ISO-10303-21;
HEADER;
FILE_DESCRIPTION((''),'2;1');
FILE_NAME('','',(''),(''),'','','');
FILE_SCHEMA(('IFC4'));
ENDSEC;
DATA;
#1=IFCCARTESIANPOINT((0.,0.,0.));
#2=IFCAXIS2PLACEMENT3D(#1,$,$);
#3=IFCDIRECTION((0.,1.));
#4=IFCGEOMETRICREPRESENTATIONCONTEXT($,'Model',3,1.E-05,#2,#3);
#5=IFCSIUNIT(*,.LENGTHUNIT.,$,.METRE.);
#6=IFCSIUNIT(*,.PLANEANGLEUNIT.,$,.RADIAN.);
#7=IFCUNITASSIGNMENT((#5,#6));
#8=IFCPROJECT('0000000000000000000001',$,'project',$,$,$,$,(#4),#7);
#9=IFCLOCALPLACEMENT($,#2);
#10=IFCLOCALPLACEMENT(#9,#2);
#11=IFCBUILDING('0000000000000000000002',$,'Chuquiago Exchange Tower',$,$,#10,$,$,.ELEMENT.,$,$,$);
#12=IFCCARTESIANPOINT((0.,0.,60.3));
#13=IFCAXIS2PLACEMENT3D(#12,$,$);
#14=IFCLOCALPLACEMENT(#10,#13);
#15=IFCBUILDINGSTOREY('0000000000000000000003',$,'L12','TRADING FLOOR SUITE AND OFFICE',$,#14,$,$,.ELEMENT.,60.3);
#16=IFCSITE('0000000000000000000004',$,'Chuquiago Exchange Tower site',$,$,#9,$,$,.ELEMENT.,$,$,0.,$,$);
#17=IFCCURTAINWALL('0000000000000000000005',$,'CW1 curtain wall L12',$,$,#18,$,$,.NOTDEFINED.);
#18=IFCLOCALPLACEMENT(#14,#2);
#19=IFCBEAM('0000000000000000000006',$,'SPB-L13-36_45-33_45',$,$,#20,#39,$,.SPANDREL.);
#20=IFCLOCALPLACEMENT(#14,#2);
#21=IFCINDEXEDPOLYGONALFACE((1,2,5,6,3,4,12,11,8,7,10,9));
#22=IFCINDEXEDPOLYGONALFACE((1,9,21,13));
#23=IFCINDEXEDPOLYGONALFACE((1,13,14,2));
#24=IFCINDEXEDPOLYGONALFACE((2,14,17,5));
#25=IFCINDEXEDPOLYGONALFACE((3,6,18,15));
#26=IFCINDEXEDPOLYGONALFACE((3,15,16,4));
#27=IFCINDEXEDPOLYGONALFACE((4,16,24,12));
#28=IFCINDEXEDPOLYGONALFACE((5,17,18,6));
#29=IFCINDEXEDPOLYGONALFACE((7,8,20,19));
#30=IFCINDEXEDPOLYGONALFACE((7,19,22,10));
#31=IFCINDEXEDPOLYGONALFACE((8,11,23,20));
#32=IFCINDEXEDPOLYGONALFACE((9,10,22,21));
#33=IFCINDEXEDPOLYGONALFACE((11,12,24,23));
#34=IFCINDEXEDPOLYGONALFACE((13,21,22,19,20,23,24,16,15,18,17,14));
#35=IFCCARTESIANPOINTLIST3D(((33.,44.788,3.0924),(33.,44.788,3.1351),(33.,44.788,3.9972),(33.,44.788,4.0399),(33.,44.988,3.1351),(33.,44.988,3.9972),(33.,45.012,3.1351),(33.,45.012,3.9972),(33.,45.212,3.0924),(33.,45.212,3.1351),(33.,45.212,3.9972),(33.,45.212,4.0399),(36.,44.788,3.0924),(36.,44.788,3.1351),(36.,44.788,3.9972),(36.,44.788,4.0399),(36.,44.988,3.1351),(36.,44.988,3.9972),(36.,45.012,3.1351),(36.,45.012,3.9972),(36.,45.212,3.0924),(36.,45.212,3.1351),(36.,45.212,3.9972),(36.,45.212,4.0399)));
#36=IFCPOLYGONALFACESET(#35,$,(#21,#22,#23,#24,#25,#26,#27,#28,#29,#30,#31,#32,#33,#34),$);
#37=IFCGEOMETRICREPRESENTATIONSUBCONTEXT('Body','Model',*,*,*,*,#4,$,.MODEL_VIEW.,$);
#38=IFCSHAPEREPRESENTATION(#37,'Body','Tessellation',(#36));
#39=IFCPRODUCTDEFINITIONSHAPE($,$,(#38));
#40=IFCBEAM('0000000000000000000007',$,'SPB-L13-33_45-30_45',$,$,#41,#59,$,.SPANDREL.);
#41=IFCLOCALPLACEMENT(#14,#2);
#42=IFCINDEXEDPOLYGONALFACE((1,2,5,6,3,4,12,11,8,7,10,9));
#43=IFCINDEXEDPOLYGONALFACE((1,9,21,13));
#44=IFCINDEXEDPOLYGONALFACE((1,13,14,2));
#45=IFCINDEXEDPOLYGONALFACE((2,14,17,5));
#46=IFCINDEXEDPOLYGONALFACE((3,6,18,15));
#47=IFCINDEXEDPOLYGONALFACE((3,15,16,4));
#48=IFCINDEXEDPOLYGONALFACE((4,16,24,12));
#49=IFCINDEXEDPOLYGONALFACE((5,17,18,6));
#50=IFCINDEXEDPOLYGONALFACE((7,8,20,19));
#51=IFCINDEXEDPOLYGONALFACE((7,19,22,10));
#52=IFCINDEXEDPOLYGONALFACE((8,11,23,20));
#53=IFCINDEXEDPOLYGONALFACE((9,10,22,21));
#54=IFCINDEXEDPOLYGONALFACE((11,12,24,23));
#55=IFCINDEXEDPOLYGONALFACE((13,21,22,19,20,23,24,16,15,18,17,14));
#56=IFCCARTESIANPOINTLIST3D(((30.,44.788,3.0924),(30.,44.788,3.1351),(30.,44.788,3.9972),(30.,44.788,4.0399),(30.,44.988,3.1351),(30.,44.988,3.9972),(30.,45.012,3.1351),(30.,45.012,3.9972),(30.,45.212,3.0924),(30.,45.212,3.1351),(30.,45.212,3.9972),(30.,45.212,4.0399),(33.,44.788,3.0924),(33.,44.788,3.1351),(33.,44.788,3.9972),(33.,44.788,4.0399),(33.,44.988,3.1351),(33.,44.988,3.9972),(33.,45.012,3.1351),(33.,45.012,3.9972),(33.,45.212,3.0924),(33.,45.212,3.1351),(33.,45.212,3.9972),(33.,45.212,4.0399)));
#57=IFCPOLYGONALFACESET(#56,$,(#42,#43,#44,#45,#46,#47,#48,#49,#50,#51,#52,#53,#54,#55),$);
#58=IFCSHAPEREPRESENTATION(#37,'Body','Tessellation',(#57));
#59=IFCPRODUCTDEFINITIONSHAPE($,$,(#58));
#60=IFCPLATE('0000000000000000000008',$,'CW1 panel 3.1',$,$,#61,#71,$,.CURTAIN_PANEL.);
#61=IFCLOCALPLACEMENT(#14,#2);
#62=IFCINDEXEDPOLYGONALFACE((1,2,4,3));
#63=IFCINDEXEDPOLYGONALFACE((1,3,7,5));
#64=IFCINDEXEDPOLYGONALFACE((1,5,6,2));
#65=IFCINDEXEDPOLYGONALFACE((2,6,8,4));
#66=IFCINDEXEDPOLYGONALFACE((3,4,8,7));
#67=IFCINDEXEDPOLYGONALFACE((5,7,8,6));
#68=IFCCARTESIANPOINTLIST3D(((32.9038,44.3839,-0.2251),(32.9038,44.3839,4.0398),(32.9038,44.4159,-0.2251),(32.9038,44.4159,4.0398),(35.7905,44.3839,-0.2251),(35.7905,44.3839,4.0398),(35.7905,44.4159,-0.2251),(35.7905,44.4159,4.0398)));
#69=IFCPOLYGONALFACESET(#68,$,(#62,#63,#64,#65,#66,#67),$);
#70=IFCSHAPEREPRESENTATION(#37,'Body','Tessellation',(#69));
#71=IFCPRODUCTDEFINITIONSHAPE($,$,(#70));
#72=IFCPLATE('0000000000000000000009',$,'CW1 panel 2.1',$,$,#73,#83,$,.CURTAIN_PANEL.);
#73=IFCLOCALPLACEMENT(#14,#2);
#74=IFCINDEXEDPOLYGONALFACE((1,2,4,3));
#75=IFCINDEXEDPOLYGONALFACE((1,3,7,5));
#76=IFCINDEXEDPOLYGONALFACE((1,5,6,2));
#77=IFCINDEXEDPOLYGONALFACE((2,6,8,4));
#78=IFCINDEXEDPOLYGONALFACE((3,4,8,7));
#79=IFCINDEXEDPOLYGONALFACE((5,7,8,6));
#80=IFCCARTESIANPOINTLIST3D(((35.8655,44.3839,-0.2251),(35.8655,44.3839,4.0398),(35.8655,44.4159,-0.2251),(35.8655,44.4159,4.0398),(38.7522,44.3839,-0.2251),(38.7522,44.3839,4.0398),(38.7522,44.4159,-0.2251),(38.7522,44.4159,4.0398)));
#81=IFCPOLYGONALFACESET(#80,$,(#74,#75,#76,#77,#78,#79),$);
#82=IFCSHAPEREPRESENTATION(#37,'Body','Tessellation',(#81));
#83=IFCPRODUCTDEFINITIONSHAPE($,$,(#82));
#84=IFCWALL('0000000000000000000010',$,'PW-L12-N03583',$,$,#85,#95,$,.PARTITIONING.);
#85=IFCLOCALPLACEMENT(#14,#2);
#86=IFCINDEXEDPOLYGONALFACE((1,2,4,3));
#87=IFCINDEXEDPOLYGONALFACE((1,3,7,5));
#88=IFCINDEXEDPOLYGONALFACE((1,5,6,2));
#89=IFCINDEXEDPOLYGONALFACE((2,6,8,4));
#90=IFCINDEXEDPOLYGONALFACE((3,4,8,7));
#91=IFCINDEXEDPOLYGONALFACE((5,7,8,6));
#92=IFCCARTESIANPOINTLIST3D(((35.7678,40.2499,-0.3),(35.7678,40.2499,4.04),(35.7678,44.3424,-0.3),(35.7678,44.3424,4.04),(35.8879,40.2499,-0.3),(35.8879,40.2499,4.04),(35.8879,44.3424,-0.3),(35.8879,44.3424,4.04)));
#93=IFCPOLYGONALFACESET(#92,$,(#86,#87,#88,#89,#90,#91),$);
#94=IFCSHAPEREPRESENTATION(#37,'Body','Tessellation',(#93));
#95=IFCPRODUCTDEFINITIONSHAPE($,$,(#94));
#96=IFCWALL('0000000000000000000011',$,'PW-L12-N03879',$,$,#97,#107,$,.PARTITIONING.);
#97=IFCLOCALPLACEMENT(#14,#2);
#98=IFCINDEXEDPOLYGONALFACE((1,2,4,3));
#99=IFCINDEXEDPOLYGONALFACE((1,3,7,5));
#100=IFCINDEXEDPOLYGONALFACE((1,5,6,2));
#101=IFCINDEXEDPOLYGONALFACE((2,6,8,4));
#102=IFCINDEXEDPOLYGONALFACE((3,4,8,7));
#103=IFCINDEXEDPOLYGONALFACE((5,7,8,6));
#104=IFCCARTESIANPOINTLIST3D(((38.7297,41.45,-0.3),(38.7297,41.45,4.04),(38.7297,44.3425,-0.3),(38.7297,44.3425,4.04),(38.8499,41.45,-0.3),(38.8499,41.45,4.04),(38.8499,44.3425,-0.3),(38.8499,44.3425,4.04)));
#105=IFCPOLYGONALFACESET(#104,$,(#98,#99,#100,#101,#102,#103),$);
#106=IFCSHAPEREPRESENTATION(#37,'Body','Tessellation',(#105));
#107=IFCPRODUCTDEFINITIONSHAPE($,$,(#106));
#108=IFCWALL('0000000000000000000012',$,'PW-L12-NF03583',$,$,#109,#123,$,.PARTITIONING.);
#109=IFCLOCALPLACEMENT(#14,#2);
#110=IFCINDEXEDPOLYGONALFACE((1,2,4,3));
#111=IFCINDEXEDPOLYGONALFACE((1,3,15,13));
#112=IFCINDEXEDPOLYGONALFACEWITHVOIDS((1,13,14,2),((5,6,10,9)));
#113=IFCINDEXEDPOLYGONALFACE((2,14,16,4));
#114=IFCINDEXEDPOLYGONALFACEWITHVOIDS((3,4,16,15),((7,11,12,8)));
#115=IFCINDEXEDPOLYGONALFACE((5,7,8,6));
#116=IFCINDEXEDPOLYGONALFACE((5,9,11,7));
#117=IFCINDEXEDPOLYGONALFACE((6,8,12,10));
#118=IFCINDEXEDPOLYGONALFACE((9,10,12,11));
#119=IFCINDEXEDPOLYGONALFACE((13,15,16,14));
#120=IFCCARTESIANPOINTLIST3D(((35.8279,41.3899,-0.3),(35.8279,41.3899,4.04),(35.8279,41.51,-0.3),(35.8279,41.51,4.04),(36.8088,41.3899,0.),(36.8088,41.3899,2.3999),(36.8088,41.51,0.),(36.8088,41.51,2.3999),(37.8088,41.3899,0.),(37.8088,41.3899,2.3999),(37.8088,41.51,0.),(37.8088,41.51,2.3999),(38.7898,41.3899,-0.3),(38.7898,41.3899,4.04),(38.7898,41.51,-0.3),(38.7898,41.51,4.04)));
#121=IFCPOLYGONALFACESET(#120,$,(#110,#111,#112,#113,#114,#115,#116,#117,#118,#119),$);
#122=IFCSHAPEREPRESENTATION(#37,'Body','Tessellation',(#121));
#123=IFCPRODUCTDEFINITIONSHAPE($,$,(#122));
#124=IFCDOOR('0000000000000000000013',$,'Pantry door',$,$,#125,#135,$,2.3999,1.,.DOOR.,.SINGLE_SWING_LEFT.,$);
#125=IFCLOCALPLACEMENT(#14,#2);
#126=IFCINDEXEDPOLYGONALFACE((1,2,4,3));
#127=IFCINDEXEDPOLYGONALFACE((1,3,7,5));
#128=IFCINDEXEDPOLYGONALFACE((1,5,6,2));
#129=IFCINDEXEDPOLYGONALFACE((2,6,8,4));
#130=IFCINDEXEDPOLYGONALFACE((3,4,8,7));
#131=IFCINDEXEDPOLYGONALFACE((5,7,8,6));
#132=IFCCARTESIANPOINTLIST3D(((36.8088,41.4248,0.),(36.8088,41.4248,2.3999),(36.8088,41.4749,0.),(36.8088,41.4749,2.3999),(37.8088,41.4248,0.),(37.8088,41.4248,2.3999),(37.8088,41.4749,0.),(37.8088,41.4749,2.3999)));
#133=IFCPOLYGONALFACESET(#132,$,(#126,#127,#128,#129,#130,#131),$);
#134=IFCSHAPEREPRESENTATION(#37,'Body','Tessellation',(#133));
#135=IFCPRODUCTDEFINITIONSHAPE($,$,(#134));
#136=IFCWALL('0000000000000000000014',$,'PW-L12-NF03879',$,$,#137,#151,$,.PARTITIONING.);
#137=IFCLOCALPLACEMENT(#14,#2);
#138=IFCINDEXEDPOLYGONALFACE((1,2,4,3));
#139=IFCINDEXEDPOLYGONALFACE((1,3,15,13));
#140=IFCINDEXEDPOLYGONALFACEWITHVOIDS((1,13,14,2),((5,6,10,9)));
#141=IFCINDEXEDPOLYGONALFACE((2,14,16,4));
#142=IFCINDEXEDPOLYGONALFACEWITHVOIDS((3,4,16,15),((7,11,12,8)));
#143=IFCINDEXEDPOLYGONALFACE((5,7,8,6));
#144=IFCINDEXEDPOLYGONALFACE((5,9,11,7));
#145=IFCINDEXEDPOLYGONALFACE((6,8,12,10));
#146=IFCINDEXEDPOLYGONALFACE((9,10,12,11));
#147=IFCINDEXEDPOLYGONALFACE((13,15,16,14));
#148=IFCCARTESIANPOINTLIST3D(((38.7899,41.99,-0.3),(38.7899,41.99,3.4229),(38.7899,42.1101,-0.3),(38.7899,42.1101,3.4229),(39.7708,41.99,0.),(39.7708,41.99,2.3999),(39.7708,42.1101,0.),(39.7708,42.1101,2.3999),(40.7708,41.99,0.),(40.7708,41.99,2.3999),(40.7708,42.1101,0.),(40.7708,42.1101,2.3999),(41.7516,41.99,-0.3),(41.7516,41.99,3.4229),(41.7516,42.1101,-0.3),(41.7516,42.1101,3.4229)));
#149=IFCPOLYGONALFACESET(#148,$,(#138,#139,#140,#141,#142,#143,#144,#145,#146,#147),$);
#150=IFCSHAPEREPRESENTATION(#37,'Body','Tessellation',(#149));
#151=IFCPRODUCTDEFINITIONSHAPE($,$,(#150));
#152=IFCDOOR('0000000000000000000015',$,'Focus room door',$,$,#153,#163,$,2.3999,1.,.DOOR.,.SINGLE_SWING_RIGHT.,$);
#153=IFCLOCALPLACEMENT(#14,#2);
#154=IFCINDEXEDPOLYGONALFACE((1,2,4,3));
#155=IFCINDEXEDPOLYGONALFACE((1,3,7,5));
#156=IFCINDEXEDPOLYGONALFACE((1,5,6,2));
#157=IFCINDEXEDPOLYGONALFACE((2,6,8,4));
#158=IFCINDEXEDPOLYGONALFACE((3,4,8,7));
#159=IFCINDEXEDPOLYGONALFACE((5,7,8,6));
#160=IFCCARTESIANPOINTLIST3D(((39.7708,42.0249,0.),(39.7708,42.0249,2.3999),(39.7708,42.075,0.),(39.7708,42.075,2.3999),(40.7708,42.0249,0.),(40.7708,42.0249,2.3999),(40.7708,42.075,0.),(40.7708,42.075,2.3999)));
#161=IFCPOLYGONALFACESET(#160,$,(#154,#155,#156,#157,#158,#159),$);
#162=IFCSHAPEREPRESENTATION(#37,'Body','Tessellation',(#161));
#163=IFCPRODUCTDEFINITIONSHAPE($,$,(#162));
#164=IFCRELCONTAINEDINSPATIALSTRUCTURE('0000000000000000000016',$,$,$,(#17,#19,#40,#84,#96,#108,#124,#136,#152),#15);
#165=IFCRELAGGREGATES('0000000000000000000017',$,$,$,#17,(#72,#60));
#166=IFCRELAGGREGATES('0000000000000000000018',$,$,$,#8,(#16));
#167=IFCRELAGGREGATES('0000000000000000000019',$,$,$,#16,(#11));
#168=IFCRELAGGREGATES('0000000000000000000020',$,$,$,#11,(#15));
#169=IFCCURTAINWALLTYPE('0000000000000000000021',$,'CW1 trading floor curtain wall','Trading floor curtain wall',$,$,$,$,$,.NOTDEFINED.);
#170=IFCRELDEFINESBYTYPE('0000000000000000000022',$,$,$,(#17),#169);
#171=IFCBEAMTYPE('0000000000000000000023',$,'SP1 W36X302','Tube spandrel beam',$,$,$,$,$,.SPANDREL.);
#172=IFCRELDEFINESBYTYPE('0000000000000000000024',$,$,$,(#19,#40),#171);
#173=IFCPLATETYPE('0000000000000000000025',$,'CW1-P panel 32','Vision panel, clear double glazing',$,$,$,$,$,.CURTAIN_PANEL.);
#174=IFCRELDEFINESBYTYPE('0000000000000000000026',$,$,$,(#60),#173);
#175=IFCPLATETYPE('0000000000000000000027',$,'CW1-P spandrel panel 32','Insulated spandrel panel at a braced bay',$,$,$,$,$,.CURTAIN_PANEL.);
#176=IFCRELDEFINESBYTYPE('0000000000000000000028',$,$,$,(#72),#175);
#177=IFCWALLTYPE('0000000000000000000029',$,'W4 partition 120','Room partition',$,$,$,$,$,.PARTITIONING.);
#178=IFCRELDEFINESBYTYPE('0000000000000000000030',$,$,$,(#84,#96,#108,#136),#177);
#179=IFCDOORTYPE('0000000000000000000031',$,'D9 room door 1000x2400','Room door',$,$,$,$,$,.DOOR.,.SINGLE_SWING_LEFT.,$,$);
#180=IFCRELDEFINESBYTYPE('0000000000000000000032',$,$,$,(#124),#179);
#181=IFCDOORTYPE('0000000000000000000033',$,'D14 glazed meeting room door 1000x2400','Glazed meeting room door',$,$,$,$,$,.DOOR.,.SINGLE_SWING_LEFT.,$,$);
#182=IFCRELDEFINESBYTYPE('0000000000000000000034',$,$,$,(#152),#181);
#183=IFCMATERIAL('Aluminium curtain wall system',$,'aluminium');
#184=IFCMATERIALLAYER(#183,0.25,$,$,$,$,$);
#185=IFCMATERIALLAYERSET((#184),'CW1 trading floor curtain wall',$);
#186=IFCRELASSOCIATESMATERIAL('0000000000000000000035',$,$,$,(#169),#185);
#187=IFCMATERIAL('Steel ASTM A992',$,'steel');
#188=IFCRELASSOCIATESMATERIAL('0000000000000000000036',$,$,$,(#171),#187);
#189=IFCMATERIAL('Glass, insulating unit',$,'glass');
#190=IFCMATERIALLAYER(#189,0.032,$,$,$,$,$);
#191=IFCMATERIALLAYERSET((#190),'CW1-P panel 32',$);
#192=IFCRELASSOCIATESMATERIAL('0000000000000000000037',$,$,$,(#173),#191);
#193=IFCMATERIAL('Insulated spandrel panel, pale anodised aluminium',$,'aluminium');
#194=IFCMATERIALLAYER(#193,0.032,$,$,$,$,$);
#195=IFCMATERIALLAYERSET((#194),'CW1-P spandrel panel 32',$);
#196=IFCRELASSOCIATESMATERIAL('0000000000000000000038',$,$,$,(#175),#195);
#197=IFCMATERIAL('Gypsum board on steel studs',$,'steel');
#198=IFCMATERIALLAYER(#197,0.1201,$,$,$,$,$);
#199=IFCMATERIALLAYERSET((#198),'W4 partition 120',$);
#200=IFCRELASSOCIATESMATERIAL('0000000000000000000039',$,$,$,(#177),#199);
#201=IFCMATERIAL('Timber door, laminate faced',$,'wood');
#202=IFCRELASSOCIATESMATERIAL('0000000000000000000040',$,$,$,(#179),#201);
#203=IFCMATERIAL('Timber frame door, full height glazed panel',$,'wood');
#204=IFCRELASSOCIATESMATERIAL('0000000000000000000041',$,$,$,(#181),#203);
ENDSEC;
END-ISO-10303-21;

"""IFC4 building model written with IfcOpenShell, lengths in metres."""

from ifc_helpers import new_model, si_unit, direction, frame, frame_2d, origin, origin_2d, place, context, subcontext, project, spatial, rectangle, i_section, extrude, material, layer, layer_set, material_profile, profile_set, type_object, element, fill, aggregate, save


model = new_model("IFC4")

# Units and contexts
model_context = context("Model", 3, precision=1e-05, world=origin(), true_north=direction((0.0, 1.0)))
body_context = subcontext(model_context, "Body", "Model", "MODEL_VIEW")
ifc_project = project(units=[si_unit("LENGTHUNIT", "METRE"), si_unit("PLANEANGLEUNIT", "RADIAN")], contexts=[model_context])

# Site, building, storey
site_placement = place(None, origin())
site = spatial("IfcSite", under=ifc_project, at=site_placement, Name="Chuquiago Exchange Tower site", CompositionType="ELEMENT", RefElevation=0.0)
building_placement = place(site_placement, origin())
building = spatial("IfcBuilding", under=site, at=building_placement, Name="Chuquiago Exchange Tower", CompositionType="ELEMENT")
storey_placement = place(building_placement, frame((0.0, 0.0, 60.3)))
storey = spatial("IfcBuildingStorey", under=building, at=storey_placement, Name="L12", Description="TRADING FLOOR SUITE AND OFFICE", CompositionType="ELEMENT", Elevation=60.3)

# Curtain wall
ifc_material_1 = material(Name="Aluminium curtain wall system", Category="aluminium")
ifc_layer_1 = layer(ifc_material_1, 0.25)
ifc_layer_set_1 = layer_set([ifc_layer_1], Name="CW1 trading floor curtain wall")
curtain_wall_type = type_object("IfcCurtainWallType", Name="CW1 trading floor curtain wall", Description="Trading floor curtain wall", PredefinedType="NOTDEFINED", material=ifc_layer_set_1)
curtain_wall_placement = place(storey_placement, origin())
curtain_wall = element("IfcCurtainWall", 1, at=curtain_wall_placement, inside=storey, type_object=curtain_wall_type, Name="CW1 curtain wall L12", PredefinedType="NOTDEFINED")

# Beams
ifc_material_2 = material(Name="Steel ASTM A992", Category="steel")
ifc_material_profile_1 = material_profile(ifc_material_2, i_section(OverallWidth=0.4241, OverallDepth=0.9475, WebThickness=0.0239, FlangeThickness=0.0427, at=origin_2d()), Name="W36X302")
ifc_profile_set_1 = profile_set([ifc_material_profile_1], Name="Steel ASTM A992")
beam_type_1 = type_object("IfcBeamType", Name="SP1 W36X302", Description="Tube spandrel beam", PredefinedType="SPANDREL", material=ifc_profile_set_1)
for number, where, z_axis, x_axis, name in (
    (2, (36.0, 45.0, 3.5662), (-1.0, 0.0, 0.0), (0.0, -1.0, 0.0), "SPB-L13-36_45-33_45"),
    (3, (33.0, 45.0, 3.5662), (-1.0, 0.0, 0.0), (0.0, -1.0, 0.0), "SPB-L13-33_45-30_45"),
):
    element("IfcBeam", number, at=place(storey_placement, frame(where, z_axis=z_axis, x_axis=x_axis)), inside=storey, type_object=beam_type_1, Name=name, PredefinedType="SPANDREL", context=body_context, shape_type="SweptSolid", body=[
        extrude(i_section(OverallWidth=0.4241, OverallDepth=0.9475, WebThickness=0.0239, FlangeThickness=0.0427, at=origin_2d()), origin(), (0.0, 0.0, 1.0), 3.0),
    ])

# Plates
ifc_material_3 = material(Name="Glass, insulating unit", Category="glass")
ifc_layer_2 = layer(ifc_material_3, 0.032)
ifc_layer_set_2 = layer_set([ifc_layer_2], Name="CW1-P panel 32")
plate_type_1 = type_object("IfcPlateType", Name="CW1-P panel 32", Description="Vision panel, clear double glazing", PredefinedType="CURTAIN_PANEL", material=ifc_layer_set_2)
plate_1_placement = place(storey_placement, frame((34.3472, 44.3999, -0.2251), z_axis=(0.0, 0.0, 1.0), x_axis=(-1.0, 0.0, 0.0)))
plate_1 = element("IfcPlate", 4, at=plate_1_placement, type_object=plate_type_1, Name="CW1 panel 3.1", PredefinedType="CURTAIN_PANEL", context=body_context, shape_type="SweptSolid", body=[
    extrude(rectangle(XDim=2.8867, YDim=0.032, at=origin_2d()), origin(), (0.0, 0.0, 1.0), 4.2649),
])
ifc_material_4 = material(Name="Insulated spandrel panel, pale anodised aluminium", Category="aluminium")
ifc_layer_3 = layer(ifc_material_4, 0.032)
ifc_layer_set_3 = layer_set([ifc_layer_3], Name="CW1-P spandrel panel 32")
plate_type_2 = type_object("IfcPlateType", Name="CW1-P spandrel panel 32", Description="Insulated spandrel panel at a braced bay", PredefinedType="CURTAIN_PANEL", material=ifc_layer_set_3)
plate_2_placement = place(storey_placement, frame((37.3088, 44.3999, -0.2251), z_axis=(0.0, 0.0, 1.0), x_axis=(-1.0, 0.0, 0.0)))
plate_2 = element("IfcPlate", 5, at=plate_2_placement, type_object=plate_type_2, Name="CW1 panel 2.1", PredefinedType="CURTAIN_PANEL", context=body_context, shape_type="SweptSolid", body=[
    extrude(rectangle(XDim=2.8867, YDim=0.032, at=origin_2d()), origin(), (0.0, 0.0, 1.0), 4.2649),
])
aggregate(curtain_wall, [plate_2, plate_1])

# Walls
ifc_material_5 = material(Name="Gypsum board on steel studs", Category="steel")
ifc_layer_4 = layer(ifc_material_5, 0.1201)
ifc_layer_set_4 = layer_set([ifc_layer_4], Name="W4 partition 120")
wall_type = type_object("IfcWallType", Name="W4 partition 120", Description="Room partition", PredefinedType="PARTITIONING", material=ifc_layer_set_4)
wall_1_placement = place(storey_placement, frame((35.8279, 44.3425, -0.3), z_axis=(0.0, 0.0, 1.0), x_axis=(0.0, -1.0, 0.0)))
element("IfcWall", 6, at=wall_1_placement, inside=storey, type_object=wall_type, Name="PW-L12-N03583", PredefinedType="PARTITIONING", context=body_context, shape_type="SweptSolid", body=[
    extrude(rectangle(XDim=4.0925, YDim=0.1201, at=frame_2d((2.0464, 0.0))), origin(), (0.0, 0.0, 1.0), 4.3401),
])
wall_2_placement = place(storey_placement, frame((38.7898, 44.3425, -0.3), z_axis=(0.0, 0.0, 1.0), x_axis=(0.0, -1.0, 0.0)))
element("IfcWall", 7, at=wall_2_placement, inside=storey, type_object=wall_type, Name="PW-L12-N03879", PredefinedType="PARTITIONING", context=body_context, shape_type="SweptSolid", body=[
    extrude(rectangle(XDim=2.8926, YDim=0.1201, at=frame_2d((1.4463, 0.0))), origin(), (0.0, 0.0, 1.0), 4.3401),
])

# Walls, openings, doors
wall_3_placement = place(storey_placement, frame((35.8279, 41.45, -0.3), z_axis=(0.0, 0.0, 1.0), x_axis=(1.0, 0.0, 0.0)))
wall_3 = element("IfcWall", 8, at=wall_3_placement, inside=storey, type_object=wall_type, Name="PW-L12-NF03583", PredefinedType="PARTITIONING", context=body_context, shape_type="SweptSolid", body=[
    extrude(rectangle(XDim=2.9619, YDim=0.1201, at=frame_2d((1.481, 0.0))), origin(), (0.0, 0.0, 1.0), 4.3401),
])
opening_1_placement = place(wall_3_placement, frame((0.981, 0.0, 0.3)))
opening_1 = element("IfcOpeningElement", 9, at=opening_1_placement, cuts=wall_3, PredefinedType="OPENING", context=body_context, shape_type="SweptSolid", body=[
    extrude(rectangle(XDim=1.0, YDim=2.3999, at=frame_2d((0.5, 1.2))), frame((0.0, 0.0701, 0.0), z_axis=(0.0, -1.0, 0.0), x_axis=(1.0, 0.0, 0.0)), (0.0, 0.0, 1.0), 0.1401),
])
ifc_material_6 = material(Name="Timber door, laminate faced", Category="wood")
door_type_1 = type_object("IfcDoorType", Name="D9 room door 1000x2400", Description="Room door", OperationType="SINGLE_SWING_LEFT", PredefinedType="DOOR", material=ifc_material_6)
door_1_placement = place(opening_1_placement, origin())
door_1 = element("IfcDoor", 10, at=door_1_placement, inside=storey, type_object=door_type_1, Name="Pantry door", OperationType="SINGLE_SWING_LEFT", OverallHeight=2.3999, OverallWidth=1.0, PredefinedType="DOOR", context=body_context, shape_type="SweptSolid", body=[
    extrude(rectangle(XDim=1.0, YDim=2.3999, at=frame_2d((0.5, 1.2))), frame((0.0, 0.0249, 0.0), z_axis=(0.0, -1.0, 0.0), x_axis=(1.0, 0.0, 0.0)), (0.0, 0.0, 1.0), 0.05),
])
fill(opening_1, door_1)
wall_4_placement = place(storey_placement, frame((38.7898, 42.05, -0.3), z_axis=(0.0, 0.0, 1.0), x_axis=(1.0, 0.0, 0.0)))
wall_4 = element("IfcWall", 11, at=wall_4_placement, inside=storey, type_object=wall_type, Name="PW-L12-NF03879", PredefinedType="PARTITIONING", context=body_context, shape_type="SweptSolid", body=[
    extrude(rectangle(XDim=2.9617, YDim=0.1201, at=frame_2d((1.481, 0.0))), origin(), (0.0, 0.0, 1.0), 3.7229),
])
opening_2_placement = place(wall_4_placement, frame((0.981, 0.0, 0.3)))
opening_2 = element("IfcOpeningElement", 12, at=opening_2_placement, cuts=wall_4, PredefinedType="OPENING", context=body_context, shape_type="SweptSolid", body=[
    extrude(rectangle(XDim=1.0, YDim=2.3999, at=frame_2d((0.5, 1.2))), frame((0.0, 0.0701, 0.0), z_axis=(0.0, -1.0, 0.0), x_axis=(1.0, 0.0, 0.0)), (0.0, 0.0, 1.0), 0.1401),
])
ifc_material_7 = material(Name="Timber frame door, full height glazed panel", Category="wood")
door_type_2 = type_object("IfcDoorType", Name="D14 glazed meeting room door 1000x2400", Description="Glazed meeting room door", OperationType="SINGLE_SWING_LEFT", PredefinedType="DOOR", material=ifc_material_7)
door_2_placement = place(opening_2_placement, origin())
door_2 = element("IfcDoor", 13, at=door_2_placement, inside=storey, type_object=door_type_2, Name="Focus room door", OperationType="SINGLE_SWING_RIGHT", OverallHeight=2.3999, OverallWidth=1.0, PredefinedType="DOOR", context=body_context, shape_type="SweptSolid", body=[
    extrude(rectangle(XDim=1.0, YDim=2.3999, at=frame_2d((0.5, 1.2))), frame((0.0, 0.0249, 0.0), z_axis=(0.0, -1.0, 0.0), x_axis=(1.0, 0.0, 0.0)), (0.0, 0.0, 1.0), 0.05),
])
fill(opening_2, door_2)

save(model, "model.ifc")
